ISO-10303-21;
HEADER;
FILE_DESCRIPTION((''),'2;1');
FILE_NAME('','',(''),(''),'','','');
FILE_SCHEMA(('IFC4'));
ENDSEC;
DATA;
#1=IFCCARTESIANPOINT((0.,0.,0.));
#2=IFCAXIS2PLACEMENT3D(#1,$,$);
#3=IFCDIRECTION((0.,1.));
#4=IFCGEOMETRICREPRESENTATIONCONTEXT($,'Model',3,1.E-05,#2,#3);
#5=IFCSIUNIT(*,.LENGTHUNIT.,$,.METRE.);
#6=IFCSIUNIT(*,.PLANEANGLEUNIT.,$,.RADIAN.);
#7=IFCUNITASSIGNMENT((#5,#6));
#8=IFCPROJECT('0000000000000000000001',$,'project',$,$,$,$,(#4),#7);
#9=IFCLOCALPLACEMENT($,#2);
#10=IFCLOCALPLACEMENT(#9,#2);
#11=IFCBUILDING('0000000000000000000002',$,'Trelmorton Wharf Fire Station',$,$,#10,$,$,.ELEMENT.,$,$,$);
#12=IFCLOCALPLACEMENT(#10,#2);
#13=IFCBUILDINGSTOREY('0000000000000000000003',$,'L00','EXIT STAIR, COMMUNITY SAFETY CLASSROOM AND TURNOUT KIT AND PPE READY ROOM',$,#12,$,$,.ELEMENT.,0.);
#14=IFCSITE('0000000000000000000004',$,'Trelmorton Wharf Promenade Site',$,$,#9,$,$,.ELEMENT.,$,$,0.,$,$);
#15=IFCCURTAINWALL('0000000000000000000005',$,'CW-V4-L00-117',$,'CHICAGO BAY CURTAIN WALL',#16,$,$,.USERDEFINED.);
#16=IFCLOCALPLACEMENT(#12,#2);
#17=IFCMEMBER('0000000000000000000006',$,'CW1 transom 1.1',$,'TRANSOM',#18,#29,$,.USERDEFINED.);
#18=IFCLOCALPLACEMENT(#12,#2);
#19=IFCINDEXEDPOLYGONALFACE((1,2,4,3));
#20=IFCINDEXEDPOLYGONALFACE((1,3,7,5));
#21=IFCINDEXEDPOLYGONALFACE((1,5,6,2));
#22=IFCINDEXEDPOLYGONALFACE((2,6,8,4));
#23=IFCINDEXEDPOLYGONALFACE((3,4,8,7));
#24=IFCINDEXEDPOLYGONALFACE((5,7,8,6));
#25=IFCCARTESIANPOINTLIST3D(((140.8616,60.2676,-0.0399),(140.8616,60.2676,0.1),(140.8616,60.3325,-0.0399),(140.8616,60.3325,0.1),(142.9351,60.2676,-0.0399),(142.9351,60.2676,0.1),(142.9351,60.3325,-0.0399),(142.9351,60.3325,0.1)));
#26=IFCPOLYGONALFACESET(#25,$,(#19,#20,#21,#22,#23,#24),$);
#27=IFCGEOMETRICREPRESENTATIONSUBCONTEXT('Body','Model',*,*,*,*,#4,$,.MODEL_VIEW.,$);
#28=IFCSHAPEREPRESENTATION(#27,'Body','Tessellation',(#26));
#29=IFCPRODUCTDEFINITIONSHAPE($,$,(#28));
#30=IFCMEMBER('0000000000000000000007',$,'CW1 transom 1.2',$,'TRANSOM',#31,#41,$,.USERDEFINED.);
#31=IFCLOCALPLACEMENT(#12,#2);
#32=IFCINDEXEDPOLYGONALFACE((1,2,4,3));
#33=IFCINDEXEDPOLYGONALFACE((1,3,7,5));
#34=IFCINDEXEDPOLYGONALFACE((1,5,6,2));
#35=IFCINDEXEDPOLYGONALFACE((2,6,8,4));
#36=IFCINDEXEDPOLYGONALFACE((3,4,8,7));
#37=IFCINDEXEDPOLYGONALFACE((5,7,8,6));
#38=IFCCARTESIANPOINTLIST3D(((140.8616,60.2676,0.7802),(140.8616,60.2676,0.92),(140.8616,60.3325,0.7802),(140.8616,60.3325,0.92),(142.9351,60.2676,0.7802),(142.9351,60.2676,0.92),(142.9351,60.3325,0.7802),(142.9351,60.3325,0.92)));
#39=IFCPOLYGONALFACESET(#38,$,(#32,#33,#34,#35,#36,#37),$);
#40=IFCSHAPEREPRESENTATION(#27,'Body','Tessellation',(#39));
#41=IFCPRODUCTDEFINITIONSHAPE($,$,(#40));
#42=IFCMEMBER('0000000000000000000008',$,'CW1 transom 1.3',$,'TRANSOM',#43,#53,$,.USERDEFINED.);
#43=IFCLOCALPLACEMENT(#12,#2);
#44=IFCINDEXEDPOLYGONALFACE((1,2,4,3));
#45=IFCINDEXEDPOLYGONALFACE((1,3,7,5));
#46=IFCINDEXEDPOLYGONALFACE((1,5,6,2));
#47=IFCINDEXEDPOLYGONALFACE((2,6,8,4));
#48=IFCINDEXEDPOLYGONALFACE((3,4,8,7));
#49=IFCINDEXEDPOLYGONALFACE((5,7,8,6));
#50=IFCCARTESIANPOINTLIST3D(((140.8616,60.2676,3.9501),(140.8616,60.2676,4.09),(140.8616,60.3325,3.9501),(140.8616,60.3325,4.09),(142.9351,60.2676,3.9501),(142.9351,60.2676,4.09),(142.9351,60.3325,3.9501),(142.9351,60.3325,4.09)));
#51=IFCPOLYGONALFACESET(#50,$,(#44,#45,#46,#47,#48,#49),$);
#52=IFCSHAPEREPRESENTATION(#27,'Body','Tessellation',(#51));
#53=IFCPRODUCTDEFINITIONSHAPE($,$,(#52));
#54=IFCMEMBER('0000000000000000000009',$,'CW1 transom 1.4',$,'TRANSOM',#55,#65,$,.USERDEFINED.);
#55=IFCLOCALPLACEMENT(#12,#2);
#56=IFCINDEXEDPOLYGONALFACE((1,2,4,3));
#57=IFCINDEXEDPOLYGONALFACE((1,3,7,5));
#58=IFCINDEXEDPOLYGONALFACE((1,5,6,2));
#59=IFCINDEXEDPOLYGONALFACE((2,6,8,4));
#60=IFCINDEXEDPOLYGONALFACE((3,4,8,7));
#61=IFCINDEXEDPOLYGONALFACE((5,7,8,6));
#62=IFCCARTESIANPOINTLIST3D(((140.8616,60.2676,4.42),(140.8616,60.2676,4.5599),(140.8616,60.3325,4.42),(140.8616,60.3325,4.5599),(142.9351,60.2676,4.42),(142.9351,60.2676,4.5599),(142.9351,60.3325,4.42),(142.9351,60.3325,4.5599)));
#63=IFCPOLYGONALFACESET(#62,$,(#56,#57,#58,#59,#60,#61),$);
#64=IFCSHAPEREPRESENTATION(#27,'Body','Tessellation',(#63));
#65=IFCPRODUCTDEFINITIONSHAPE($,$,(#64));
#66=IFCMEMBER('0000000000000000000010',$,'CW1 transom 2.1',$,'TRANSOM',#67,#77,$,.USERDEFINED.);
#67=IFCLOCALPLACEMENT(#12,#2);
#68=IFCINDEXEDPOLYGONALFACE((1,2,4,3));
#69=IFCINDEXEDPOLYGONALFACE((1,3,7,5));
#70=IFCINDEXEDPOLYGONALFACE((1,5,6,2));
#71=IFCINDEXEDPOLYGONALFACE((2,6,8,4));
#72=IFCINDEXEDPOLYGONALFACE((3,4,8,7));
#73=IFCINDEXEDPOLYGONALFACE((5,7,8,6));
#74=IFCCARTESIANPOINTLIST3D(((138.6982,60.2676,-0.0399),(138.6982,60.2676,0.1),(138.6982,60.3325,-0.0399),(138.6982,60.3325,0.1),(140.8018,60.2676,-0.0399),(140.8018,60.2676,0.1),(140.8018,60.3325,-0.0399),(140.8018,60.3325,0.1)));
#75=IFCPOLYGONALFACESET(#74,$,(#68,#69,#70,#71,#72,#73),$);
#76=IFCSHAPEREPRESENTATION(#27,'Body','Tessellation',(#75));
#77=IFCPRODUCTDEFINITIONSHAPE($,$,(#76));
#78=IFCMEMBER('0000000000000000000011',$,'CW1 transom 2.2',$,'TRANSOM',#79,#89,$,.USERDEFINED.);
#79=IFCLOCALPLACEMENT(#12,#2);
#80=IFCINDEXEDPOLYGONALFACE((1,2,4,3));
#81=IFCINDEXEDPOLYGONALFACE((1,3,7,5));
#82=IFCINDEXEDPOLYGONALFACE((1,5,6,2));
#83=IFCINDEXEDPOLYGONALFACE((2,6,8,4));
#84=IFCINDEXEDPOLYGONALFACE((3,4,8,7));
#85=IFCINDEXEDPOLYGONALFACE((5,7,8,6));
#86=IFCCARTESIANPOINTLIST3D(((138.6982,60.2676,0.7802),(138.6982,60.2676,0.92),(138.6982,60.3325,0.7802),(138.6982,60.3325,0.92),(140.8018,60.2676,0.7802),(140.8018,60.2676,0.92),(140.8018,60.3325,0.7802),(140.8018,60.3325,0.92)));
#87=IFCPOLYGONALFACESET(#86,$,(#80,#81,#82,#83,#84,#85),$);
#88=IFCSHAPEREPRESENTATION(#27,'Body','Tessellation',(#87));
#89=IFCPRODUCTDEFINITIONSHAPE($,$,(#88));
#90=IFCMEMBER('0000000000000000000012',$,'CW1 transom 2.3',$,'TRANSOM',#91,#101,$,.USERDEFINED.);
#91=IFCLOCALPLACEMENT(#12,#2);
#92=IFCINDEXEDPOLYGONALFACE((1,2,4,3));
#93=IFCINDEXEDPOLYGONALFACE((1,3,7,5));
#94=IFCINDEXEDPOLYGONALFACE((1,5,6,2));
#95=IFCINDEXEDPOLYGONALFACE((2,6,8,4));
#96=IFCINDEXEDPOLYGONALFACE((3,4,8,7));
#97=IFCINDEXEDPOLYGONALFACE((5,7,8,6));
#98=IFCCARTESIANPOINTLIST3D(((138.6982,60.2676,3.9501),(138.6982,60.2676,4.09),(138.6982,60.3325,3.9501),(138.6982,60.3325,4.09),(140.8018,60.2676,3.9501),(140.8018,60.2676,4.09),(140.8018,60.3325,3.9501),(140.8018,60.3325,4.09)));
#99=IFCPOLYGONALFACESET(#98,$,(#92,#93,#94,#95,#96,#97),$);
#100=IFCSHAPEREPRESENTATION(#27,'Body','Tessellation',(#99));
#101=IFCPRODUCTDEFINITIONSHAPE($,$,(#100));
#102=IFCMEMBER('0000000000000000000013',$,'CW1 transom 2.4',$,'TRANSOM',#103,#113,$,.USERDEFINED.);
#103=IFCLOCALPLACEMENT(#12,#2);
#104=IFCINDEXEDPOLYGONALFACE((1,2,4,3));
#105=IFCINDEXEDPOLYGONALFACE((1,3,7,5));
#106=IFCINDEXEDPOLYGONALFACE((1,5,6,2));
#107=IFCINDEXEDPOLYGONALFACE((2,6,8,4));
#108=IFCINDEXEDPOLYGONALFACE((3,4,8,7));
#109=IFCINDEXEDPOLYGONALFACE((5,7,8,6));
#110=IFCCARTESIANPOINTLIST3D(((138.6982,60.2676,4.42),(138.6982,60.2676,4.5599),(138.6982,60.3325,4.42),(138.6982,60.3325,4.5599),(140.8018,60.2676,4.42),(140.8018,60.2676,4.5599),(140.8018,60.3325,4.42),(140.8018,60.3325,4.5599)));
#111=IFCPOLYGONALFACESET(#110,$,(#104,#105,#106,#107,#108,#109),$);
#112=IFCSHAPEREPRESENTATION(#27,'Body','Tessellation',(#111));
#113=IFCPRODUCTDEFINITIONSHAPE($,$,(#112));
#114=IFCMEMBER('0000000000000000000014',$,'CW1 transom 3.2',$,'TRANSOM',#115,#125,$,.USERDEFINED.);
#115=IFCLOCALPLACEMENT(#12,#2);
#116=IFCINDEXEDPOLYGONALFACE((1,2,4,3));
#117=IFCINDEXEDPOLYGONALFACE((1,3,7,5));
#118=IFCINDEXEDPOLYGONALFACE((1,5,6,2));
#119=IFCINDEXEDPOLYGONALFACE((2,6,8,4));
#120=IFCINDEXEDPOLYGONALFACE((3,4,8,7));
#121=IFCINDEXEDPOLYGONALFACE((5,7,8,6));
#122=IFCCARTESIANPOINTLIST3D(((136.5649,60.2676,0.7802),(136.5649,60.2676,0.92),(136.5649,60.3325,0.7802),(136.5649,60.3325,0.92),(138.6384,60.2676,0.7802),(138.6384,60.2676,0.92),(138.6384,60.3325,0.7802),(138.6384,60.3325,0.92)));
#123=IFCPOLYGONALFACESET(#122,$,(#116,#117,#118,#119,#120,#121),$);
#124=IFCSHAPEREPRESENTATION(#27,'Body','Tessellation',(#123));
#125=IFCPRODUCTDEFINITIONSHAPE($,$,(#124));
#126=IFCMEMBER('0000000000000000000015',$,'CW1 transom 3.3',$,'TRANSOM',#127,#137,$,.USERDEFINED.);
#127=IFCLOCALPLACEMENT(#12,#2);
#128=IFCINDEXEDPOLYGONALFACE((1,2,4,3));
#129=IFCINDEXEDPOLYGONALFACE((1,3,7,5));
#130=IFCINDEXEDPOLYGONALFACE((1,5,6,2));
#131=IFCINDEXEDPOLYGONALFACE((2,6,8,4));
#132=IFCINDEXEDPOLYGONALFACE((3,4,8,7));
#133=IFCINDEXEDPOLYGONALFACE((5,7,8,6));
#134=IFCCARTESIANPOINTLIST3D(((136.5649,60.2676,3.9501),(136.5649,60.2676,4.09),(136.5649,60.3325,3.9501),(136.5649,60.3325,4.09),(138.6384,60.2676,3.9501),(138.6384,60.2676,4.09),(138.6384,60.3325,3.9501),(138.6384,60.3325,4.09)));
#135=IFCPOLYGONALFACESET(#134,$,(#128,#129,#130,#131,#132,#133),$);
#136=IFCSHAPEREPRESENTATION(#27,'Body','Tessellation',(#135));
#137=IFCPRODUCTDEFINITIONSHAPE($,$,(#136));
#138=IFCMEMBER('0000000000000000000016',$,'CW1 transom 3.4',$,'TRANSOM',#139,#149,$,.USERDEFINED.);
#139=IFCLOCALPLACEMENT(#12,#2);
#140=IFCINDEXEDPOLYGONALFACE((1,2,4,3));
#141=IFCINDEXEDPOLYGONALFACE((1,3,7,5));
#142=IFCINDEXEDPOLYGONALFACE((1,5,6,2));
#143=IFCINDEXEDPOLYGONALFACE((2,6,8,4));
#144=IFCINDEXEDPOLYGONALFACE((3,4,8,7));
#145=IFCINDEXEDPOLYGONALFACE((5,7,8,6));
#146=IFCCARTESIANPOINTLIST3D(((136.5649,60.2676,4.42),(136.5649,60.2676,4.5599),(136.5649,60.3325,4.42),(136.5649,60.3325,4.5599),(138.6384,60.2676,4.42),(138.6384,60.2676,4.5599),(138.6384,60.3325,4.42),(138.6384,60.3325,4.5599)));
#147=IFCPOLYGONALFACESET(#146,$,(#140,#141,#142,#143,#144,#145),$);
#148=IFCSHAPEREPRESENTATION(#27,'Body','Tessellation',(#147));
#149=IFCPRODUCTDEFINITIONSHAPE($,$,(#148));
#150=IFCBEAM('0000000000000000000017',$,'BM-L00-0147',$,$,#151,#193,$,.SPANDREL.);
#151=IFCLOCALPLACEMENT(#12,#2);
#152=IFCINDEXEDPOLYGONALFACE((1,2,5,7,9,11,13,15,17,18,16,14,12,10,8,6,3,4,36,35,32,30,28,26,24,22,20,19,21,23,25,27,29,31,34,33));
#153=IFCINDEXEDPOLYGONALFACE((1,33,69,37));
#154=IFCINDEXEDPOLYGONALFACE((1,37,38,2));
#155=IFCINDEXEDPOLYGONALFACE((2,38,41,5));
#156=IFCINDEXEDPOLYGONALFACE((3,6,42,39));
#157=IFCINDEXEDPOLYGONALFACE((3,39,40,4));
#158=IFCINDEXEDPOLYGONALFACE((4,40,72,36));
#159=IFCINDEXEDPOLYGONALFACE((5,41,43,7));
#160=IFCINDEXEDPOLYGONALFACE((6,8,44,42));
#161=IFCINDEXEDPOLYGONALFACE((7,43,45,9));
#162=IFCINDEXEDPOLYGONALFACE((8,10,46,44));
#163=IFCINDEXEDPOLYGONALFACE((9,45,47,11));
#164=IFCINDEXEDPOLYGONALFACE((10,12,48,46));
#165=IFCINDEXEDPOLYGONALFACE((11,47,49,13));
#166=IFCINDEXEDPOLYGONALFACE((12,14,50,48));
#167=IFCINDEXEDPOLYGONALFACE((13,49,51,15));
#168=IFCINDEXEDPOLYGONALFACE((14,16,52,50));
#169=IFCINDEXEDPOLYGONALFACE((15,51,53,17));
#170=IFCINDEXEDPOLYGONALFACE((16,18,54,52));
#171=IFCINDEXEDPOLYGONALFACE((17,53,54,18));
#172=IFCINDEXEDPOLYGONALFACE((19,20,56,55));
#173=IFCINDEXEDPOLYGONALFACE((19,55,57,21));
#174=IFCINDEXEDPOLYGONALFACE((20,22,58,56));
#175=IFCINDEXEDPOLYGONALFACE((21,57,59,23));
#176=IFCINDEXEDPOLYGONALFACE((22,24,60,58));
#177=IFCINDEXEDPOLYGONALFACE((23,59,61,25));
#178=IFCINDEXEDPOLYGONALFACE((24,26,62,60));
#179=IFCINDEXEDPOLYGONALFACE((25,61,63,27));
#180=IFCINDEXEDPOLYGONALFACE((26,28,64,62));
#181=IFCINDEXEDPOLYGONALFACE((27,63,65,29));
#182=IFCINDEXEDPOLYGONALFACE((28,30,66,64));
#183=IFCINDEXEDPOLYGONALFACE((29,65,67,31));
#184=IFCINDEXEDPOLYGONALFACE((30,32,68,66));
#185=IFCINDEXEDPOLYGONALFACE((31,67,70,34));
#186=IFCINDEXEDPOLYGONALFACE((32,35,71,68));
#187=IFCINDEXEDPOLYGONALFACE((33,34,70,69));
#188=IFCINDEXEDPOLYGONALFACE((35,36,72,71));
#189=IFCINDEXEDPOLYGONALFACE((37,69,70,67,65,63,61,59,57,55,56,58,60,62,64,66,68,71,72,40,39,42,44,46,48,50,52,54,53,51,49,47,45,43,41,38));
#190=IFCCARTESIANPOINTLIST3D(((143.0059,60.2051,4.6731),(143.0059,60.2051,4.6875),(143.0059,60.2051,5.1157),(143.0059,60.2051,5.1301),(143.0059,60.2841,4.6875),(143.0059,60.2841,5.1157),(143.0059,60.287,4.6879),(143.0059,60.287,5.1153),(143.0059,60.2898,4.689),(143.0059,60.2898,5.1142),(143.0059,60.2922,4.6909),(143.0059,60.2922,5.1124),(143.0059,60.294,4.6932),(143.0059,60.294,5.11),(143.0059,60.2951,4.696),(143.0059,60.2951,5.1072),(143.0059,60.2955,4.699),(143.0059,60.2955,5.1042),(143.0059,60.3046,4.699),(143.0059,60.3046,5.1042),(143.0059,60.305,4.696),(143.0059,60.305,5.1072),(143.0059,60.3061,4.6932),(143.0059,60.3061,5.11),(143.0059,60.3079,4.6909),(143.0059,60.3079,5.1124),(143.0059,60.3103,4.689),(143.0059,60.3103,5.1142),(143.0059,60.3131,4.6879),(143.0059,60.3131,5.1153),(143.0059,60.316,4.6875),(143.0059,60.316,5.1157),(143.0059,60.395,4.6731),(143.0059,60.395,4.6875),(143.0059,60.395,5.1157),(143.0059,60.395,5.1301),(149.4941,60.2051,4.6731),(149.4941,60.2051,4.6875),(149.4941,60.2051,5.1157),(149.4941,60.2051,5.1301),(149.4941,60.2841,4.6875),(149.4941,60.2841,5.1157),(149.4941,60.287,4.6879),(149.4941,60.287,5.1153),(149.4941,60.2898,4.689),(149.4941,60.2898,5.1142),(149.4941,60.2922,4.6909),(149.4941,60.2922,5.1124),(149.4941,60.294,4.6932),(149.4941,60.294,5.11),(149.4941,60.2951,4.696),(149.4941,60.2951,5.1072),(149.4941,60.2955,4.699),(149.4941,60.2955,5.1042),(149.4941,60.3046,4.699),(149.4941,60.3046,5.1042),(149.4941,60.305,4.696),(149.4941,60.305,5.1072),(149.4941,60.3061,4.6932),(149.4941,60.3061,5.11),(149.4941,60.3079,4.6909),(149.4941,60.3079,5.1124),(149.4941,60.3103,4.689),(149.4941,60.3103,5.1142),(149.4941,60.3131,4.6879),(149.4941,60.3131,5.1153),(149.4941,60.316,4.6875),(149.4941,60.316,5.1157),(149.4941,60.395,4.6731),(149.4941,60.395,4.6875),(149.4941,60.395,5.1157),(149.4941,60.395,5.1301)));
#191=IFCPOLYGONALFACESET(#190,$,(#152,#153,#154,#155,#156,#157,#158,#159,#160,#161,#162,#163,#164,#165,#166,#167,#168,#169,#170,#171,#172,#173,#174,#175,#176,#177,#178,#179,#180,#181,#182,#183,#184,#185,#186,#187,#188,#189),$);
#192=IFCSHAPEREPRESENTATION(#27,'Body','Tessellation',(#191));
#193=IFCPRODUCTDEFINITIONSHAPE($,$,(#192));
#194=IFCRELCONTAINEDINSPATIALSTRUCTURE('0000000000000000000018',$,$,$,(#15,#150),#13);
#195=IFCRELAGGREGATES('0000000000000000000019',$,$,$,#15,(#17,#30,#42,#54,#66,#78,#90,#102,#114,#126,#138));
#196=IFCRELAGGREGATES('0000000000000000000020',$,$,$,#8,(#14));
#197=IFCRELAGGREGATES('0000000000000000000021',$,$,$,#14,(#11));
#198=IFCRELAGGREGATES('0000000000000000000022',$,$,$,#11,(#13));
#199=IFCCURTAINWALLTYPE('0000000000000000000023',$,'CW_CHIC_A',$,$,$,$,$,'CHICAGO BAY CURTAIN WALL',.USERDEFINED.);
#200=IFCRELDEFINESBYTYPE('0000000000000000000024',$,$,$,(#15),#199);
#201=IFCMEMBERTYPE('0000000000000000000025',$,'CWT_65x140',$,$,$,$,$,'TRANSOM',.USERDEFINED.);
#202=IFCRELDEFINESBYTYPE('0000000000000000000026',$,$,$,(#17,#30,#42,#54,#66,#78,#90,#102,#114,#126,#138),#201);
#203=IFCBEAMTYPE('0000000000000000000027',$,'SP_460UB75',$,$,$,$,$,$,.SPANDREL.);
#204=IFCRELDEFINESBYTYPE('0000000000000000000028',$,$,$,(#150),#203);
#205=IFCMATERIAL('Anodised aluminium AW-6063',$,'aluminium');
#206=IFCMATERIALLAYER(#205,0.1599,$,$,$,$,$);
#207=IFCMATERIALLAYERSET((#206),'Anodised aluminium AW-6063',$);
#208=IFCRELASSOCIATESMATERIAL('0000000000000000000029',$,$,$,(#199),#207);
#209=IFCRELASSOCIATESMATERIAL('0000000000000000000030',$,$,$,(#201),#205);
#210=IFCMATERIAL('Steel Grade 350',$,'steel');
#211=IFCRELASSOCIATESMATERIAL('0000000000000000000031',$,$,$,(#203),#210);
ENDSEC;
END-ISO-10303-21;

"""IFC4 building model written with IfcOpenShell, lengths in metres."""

from ifc_helpers import new_model, si_unit, direction, frame, origin, origin_2d, place, context, subcontext, project, spatial, rectangle, i_section, extrude, material, layer, layer_set, material_profile, profile_set, type_object, element, aggregate, save


model = new_model("IFC4")

# Units and contexts
model_context = context("Model", 3, precision=1e-05, world=origin(), true_north=direction((0.0, 1.0)))
body_context = subcontext(model_context, "Body", "Model", "MODEL_VIEW")
ifc_project = project(units=[si_unit("LENGTHUNIT", "METRE"), si_unit("PLANEANGLEUNIT", "RADIAN")], contexts=[model_context])

# Site, building, storey
site_placement = place(None, origin())
site = spatial("IfcSite", under=ifc_project, at=site_placement, Name="Trelmorton Wharf Promenade Site", CompositionType="ELEMENT", RefElevation=0.0)
building_placement = place(site_placement, origin())
building = spatial("IfcBuilding", under=site, at=building_placement, Name="Trelmorton Wharf Fire Station", CompositionType="ELEMENT")
storey_placement = place(building_placement, origin())
storey = spatial("IfcBuildingStorey", under=building, at=storey_placement, Name="L00", Description="EXIT STAIR, COMMUNITY SAFETY CLASSROOM AND TURNOUT KIT AND PPE READY ROOM", CompositionType="ELEMENT", Elevation=0.0)

# Shared definitions
ifc_material_1 = material(Name="Steel Grade 350", Category="steel")

# Curtain wall, members
ifc_material_2 = material(Name="Anodised aluminium AW-6063", Category="aluminium")
ifc_layer_1 = layer(ifc_material_2, 0.1599)
ifc_layer_set_1 = layer_set([ifc_layer_1], Name="Anodised aluminium AW-6063")
curtain_wall_type = type_object("IfcCurtainWallType", Name="CW_CHIC_A", ElementType="CHICAGO BAY CURTAIN WALL", PredefinedType="USERDEFINED", material=ifc_layer_set_1)
curtain_wall_placement = place(storey_placement, origin())
curtain_wall = element("IfcCurtainWall", 1, at=curtain_wall_placement, inside=storey, type_object=curtain_wall_type, Name="CW-V4-L00-117", ObjectType="CHICAGO BAY CURTAIN WALL", PredefinedType="USERDEFINED")
ifc_material_profile_1 = material_profile(ifc_material_2, rectangle(XDim=0.0649, YDim=0.1399, at=origin_2d()), Name="ALU-65x140")
ifc_profile_set_1 = profile_set([ifc_material_profile_1], Name="Anodised aluminium AW-6063")
member_type_1 = type_object("IfcMemberType", Name="CWT_65x140", ElementType="TRANSOM", PredefinedType="USERDEFINED", material=ifc_profile_set_1)
member_1_placement = place(storey_placement, frame((142.9351, 60.3, 0.03), z_axis=(-1.0, 0.0, 0.0), x_axis=(0.0, -1.0, 0.0)))
member_1 = element("IfcMember", 2, at=member_1_placement, type_object=member_type_1, Name="CW1 transom 1.1", ObjectType="TRANSOM", PredefinedType="USERDEFINED", context=body_context, shape_type="SweptSolid", body=[
    extrude(rectangle(XDim=0.0649, YDim=0.1399, at=origin_2d()), origin(), (0.0, 0.0, 1.0), 2.0735),
])
member_2_placement = place(storey_placement, frame((142.9351, 60.3, 0.8501), z_axis=(-1.0, 0.0, 0.0), x_axis=(0.0, -1.0, 0.0)))
member_2 = element("IfcMember", 3, at=member_2_placement, type_object=member_type_1, Name="CW1 transom 1.2", ObjectType="TRANSOM", PredefinedType="USERDEFINED", context=body_context, shape_type="SweptSolid", body=[
    extrude(rectangle(XDim=0.0649, YDim=0.1399, at=origin_2d()), origin(), (0.0, 0.0, 1.0), 2.0735),
])
member_3_placement = place(storey_placement, frame((142.9351, 60.3, 4.02), z_axis=(-1.0, 0.0, 0.0), x_axis=(0.0, -1.0, 0.0)))
member_3 = element("IfcMember", 4, at=member_3_placement, type_object=member_type_1, Name="CW1 transom 1.3", ObjectType="TRANSOM", PredefinedType="USERDEFINED", context=body_context, shape_type="SweptSolid", body=[
    extrude(rectangle(XDim=0.0649, YDim=0.1399, at=origin_2d()), origin(), (0.0, 0.0, 1.0), 2.0735),
])
member_4_placement = place(storey_placement, frame((142.9351, 60.3, 4.49), z_axis=(-1.0, 0.0, 0.0), x_axis=(0.0, -1.0, 0.0)))
member_4 = element("IfcMember", 5, at=member_4_placement, type_object=member_type_1, Name="CW1 transom 1.4", ObjectType="TRANSOM", PredefinedType="USERDEFINED", context=body_context, shape_type="SweptSolid", body=[
    extrude(rectangle(XDim=0.0649, YDim=0.1399, at=origin_2d()), origin(), (0.0, 0.0, 1.0), 2.0735),
])
member_5_placement = place(storey_placement, frame((140.8018, 60.3, 0.03), z_axis=(-1.0, 0.0, 0.0), x_axis=(0.0, -1.0, 0.0)))
member_5 = element("IfcMember", 6, at=member_5_placement, type_object=member_type_1, Name="CW1 transom 2.1", ObjectType="TRANSOM", PredefinedType="USERDEFINED", context=body_context, shape_type="SweptSolid", body=[
    extrude(rectangle(XDim=0.0649, YDim=0.1399, at=origin_2d()), origin(), (0.0, 0.0, 1.0), 2.1035),
])
member_6_placement = place(storey_placement, frame((140.8018, 60.3, 0.8501), z_axis=(-1.0, 0.0, 0.0), x_axis=(0.0, -1.0, 0.0)))
member_6 = element("IfcMember", 7, at=member_6_placement, type_object=member_type_1, Name="CW1 transom 2.2", ObjectType="TRANSOM", PredefinedType="USERDEFINED", context=body_context, shape_type="SweptSolid", body=[
    extrude(rectangle(XDim=0.0649, YDim=0.1399, at=origin_2d()), origin(), (0.0, 0.0, 1.0), 2.1035),
])
member_7_placement = place(storey_placement, frame((140.8018, 60.3, 4.02), z_axis=(-1.0, 0.0, 0.0), x_axis=(0.0, -1.0, 0.0)))
member_7 = element("IfcMember", 8, at=member_7_placement, type_object=member_type_1, Name="CW1 transom 2.3", ObjectType="TRANSOM", PredefinedType="USERDEFINED", context=body_context, shape_type="SweptSolid", body=[
    extrude(rectangle(XDim=0.0649, YDim=0.1399, at=origin_2d()), origin(), (0.0, 0.0, 1.0), 2.1035),
])
member_8_placement = place(storey_placement, frame((140.8018, 60.3, 4.49), z_axis=(-1.0, 0.0, 0.0), x_axis=(0.0, -1.0, 0.0)))
member_8 = element("IfcMember", 9, at=member_8_placement, type_object=member_type_1, Name="CW1 transom 2.4", ObjectType="TRANSOM", PredefinedType="USERDEFINED", context=body_context, shape_type="SweptSolid", body=[
    extrude(rectangle(XDim=0.0649, YDim=0.1399, at=origin_2d()), origin(), (0.0, 0.0, 1.0), 2.1035),
])
member_9_placement = place(storey_placement, frame((138.6384, 60.3, 0.8501), z_axis=(-1.0, 0.0, 0.0), x_axis=(0.0, -1.0, 0.0)))
member_9 = element("IfcMember", 10, at=member_9_placement, type_object=member_type_1, Name="CW1 transom 3.2", ObjectType="TRANSOM", PredefinedType="USERDEFINED", context=body_context, shape_type="SweptSolid", body=[
    extrude(rectangle(XDim=0.0649, YDim=0.1399, at=origin_2d()), origin(), (0.0, 0.0, 1.0), 2.0735),
])
member_10_placement = place(storey_placement, frame((138.6384, 60.3, 4.02), z_axis=(-1.0, 0.0, 0.0), x_axis=(0.0, -1.0, 0.0)))
member_10 = element("IfcMember", 11, at=member_10_placement, type_object=member_type_1, Name="CW1 transom 3.3", ObjectType="TRANSOM", PredefinedType="USERDEFINED", context=body_context, shape_type="SweptSolid", body=[
    extrude(rectangle(XDim=0.0649, YDim=0.1399, at=origin_2d()), origin(), (0.0, 0.0, 1.0), 2.0735),
])
member_11_placement = place(storey_placement, frame((138.6384, 60.3, 4.49), z_axis=(-1.0, 0.0, 0.0), x_axis=(0.0, -1.0, 0.0)))
member_11 = element("IfcMember", 12, at=member_11_placement, type_object=member_type_1, Name="CW1 transom 3.4", ObjectType="TRANSOM", PredefinedType="USERDEFINED", context=body_context, shape_type="SweptSolid", body=[
    extrude(rectangle(XDim=0.0649, YDim=0.1399, at=origin_2d()), origin(), (0.0, 0.0, 1.0), 2.0735),
])

# Beam
ifc_material_profile_2 = material_profile(ifc_material_1, i_section(OverallWidth=0.1899, OverallDepth=0.457, WebThickness=0.009, FlangeThickness=0.0144, FilletRadius=0.0115, at=origin_2d()), Name="460UB74.6")
ifc_profile_set_2 = profile_set([ifc_material_profile_2], Name="Steel Grade 350")
beam_type = type_object("IfcBeamType", Name="SP_460UB75", PredefinedType="SPANDREL", material=ifc_profile_set_2)
beam_placement = place(storey_placement, frame((143.0059, 60.3, 4.9016), z_axis=(1.0, 0.0, 0.0), x_axis=(0.0, 1.0, 0.0)))
element("IfcBeam", 13, at=beam_placement, inside=storey, type_object=beam_type, Name="BM-L00-0147", PredefinedType="SPANDREL", context=body_context, shape_type="SweptSolid", body=[
    extrude(i_section(OverallWidth=0.1899, OverallDepth=0.457, WebThickness=0.009, FlangeThickness=0.0144, FilletRadius=0.0115, at=origin_2d()), origin(), (0.0, 0.0, 1.0), 6.4883),
])

aggregate(curtain_wall, [member_1, member_2, member_3, member_4, member_5, member_6, member_7, member_8, member_9, member_10, member_11])

save(model, "model.ifc")
